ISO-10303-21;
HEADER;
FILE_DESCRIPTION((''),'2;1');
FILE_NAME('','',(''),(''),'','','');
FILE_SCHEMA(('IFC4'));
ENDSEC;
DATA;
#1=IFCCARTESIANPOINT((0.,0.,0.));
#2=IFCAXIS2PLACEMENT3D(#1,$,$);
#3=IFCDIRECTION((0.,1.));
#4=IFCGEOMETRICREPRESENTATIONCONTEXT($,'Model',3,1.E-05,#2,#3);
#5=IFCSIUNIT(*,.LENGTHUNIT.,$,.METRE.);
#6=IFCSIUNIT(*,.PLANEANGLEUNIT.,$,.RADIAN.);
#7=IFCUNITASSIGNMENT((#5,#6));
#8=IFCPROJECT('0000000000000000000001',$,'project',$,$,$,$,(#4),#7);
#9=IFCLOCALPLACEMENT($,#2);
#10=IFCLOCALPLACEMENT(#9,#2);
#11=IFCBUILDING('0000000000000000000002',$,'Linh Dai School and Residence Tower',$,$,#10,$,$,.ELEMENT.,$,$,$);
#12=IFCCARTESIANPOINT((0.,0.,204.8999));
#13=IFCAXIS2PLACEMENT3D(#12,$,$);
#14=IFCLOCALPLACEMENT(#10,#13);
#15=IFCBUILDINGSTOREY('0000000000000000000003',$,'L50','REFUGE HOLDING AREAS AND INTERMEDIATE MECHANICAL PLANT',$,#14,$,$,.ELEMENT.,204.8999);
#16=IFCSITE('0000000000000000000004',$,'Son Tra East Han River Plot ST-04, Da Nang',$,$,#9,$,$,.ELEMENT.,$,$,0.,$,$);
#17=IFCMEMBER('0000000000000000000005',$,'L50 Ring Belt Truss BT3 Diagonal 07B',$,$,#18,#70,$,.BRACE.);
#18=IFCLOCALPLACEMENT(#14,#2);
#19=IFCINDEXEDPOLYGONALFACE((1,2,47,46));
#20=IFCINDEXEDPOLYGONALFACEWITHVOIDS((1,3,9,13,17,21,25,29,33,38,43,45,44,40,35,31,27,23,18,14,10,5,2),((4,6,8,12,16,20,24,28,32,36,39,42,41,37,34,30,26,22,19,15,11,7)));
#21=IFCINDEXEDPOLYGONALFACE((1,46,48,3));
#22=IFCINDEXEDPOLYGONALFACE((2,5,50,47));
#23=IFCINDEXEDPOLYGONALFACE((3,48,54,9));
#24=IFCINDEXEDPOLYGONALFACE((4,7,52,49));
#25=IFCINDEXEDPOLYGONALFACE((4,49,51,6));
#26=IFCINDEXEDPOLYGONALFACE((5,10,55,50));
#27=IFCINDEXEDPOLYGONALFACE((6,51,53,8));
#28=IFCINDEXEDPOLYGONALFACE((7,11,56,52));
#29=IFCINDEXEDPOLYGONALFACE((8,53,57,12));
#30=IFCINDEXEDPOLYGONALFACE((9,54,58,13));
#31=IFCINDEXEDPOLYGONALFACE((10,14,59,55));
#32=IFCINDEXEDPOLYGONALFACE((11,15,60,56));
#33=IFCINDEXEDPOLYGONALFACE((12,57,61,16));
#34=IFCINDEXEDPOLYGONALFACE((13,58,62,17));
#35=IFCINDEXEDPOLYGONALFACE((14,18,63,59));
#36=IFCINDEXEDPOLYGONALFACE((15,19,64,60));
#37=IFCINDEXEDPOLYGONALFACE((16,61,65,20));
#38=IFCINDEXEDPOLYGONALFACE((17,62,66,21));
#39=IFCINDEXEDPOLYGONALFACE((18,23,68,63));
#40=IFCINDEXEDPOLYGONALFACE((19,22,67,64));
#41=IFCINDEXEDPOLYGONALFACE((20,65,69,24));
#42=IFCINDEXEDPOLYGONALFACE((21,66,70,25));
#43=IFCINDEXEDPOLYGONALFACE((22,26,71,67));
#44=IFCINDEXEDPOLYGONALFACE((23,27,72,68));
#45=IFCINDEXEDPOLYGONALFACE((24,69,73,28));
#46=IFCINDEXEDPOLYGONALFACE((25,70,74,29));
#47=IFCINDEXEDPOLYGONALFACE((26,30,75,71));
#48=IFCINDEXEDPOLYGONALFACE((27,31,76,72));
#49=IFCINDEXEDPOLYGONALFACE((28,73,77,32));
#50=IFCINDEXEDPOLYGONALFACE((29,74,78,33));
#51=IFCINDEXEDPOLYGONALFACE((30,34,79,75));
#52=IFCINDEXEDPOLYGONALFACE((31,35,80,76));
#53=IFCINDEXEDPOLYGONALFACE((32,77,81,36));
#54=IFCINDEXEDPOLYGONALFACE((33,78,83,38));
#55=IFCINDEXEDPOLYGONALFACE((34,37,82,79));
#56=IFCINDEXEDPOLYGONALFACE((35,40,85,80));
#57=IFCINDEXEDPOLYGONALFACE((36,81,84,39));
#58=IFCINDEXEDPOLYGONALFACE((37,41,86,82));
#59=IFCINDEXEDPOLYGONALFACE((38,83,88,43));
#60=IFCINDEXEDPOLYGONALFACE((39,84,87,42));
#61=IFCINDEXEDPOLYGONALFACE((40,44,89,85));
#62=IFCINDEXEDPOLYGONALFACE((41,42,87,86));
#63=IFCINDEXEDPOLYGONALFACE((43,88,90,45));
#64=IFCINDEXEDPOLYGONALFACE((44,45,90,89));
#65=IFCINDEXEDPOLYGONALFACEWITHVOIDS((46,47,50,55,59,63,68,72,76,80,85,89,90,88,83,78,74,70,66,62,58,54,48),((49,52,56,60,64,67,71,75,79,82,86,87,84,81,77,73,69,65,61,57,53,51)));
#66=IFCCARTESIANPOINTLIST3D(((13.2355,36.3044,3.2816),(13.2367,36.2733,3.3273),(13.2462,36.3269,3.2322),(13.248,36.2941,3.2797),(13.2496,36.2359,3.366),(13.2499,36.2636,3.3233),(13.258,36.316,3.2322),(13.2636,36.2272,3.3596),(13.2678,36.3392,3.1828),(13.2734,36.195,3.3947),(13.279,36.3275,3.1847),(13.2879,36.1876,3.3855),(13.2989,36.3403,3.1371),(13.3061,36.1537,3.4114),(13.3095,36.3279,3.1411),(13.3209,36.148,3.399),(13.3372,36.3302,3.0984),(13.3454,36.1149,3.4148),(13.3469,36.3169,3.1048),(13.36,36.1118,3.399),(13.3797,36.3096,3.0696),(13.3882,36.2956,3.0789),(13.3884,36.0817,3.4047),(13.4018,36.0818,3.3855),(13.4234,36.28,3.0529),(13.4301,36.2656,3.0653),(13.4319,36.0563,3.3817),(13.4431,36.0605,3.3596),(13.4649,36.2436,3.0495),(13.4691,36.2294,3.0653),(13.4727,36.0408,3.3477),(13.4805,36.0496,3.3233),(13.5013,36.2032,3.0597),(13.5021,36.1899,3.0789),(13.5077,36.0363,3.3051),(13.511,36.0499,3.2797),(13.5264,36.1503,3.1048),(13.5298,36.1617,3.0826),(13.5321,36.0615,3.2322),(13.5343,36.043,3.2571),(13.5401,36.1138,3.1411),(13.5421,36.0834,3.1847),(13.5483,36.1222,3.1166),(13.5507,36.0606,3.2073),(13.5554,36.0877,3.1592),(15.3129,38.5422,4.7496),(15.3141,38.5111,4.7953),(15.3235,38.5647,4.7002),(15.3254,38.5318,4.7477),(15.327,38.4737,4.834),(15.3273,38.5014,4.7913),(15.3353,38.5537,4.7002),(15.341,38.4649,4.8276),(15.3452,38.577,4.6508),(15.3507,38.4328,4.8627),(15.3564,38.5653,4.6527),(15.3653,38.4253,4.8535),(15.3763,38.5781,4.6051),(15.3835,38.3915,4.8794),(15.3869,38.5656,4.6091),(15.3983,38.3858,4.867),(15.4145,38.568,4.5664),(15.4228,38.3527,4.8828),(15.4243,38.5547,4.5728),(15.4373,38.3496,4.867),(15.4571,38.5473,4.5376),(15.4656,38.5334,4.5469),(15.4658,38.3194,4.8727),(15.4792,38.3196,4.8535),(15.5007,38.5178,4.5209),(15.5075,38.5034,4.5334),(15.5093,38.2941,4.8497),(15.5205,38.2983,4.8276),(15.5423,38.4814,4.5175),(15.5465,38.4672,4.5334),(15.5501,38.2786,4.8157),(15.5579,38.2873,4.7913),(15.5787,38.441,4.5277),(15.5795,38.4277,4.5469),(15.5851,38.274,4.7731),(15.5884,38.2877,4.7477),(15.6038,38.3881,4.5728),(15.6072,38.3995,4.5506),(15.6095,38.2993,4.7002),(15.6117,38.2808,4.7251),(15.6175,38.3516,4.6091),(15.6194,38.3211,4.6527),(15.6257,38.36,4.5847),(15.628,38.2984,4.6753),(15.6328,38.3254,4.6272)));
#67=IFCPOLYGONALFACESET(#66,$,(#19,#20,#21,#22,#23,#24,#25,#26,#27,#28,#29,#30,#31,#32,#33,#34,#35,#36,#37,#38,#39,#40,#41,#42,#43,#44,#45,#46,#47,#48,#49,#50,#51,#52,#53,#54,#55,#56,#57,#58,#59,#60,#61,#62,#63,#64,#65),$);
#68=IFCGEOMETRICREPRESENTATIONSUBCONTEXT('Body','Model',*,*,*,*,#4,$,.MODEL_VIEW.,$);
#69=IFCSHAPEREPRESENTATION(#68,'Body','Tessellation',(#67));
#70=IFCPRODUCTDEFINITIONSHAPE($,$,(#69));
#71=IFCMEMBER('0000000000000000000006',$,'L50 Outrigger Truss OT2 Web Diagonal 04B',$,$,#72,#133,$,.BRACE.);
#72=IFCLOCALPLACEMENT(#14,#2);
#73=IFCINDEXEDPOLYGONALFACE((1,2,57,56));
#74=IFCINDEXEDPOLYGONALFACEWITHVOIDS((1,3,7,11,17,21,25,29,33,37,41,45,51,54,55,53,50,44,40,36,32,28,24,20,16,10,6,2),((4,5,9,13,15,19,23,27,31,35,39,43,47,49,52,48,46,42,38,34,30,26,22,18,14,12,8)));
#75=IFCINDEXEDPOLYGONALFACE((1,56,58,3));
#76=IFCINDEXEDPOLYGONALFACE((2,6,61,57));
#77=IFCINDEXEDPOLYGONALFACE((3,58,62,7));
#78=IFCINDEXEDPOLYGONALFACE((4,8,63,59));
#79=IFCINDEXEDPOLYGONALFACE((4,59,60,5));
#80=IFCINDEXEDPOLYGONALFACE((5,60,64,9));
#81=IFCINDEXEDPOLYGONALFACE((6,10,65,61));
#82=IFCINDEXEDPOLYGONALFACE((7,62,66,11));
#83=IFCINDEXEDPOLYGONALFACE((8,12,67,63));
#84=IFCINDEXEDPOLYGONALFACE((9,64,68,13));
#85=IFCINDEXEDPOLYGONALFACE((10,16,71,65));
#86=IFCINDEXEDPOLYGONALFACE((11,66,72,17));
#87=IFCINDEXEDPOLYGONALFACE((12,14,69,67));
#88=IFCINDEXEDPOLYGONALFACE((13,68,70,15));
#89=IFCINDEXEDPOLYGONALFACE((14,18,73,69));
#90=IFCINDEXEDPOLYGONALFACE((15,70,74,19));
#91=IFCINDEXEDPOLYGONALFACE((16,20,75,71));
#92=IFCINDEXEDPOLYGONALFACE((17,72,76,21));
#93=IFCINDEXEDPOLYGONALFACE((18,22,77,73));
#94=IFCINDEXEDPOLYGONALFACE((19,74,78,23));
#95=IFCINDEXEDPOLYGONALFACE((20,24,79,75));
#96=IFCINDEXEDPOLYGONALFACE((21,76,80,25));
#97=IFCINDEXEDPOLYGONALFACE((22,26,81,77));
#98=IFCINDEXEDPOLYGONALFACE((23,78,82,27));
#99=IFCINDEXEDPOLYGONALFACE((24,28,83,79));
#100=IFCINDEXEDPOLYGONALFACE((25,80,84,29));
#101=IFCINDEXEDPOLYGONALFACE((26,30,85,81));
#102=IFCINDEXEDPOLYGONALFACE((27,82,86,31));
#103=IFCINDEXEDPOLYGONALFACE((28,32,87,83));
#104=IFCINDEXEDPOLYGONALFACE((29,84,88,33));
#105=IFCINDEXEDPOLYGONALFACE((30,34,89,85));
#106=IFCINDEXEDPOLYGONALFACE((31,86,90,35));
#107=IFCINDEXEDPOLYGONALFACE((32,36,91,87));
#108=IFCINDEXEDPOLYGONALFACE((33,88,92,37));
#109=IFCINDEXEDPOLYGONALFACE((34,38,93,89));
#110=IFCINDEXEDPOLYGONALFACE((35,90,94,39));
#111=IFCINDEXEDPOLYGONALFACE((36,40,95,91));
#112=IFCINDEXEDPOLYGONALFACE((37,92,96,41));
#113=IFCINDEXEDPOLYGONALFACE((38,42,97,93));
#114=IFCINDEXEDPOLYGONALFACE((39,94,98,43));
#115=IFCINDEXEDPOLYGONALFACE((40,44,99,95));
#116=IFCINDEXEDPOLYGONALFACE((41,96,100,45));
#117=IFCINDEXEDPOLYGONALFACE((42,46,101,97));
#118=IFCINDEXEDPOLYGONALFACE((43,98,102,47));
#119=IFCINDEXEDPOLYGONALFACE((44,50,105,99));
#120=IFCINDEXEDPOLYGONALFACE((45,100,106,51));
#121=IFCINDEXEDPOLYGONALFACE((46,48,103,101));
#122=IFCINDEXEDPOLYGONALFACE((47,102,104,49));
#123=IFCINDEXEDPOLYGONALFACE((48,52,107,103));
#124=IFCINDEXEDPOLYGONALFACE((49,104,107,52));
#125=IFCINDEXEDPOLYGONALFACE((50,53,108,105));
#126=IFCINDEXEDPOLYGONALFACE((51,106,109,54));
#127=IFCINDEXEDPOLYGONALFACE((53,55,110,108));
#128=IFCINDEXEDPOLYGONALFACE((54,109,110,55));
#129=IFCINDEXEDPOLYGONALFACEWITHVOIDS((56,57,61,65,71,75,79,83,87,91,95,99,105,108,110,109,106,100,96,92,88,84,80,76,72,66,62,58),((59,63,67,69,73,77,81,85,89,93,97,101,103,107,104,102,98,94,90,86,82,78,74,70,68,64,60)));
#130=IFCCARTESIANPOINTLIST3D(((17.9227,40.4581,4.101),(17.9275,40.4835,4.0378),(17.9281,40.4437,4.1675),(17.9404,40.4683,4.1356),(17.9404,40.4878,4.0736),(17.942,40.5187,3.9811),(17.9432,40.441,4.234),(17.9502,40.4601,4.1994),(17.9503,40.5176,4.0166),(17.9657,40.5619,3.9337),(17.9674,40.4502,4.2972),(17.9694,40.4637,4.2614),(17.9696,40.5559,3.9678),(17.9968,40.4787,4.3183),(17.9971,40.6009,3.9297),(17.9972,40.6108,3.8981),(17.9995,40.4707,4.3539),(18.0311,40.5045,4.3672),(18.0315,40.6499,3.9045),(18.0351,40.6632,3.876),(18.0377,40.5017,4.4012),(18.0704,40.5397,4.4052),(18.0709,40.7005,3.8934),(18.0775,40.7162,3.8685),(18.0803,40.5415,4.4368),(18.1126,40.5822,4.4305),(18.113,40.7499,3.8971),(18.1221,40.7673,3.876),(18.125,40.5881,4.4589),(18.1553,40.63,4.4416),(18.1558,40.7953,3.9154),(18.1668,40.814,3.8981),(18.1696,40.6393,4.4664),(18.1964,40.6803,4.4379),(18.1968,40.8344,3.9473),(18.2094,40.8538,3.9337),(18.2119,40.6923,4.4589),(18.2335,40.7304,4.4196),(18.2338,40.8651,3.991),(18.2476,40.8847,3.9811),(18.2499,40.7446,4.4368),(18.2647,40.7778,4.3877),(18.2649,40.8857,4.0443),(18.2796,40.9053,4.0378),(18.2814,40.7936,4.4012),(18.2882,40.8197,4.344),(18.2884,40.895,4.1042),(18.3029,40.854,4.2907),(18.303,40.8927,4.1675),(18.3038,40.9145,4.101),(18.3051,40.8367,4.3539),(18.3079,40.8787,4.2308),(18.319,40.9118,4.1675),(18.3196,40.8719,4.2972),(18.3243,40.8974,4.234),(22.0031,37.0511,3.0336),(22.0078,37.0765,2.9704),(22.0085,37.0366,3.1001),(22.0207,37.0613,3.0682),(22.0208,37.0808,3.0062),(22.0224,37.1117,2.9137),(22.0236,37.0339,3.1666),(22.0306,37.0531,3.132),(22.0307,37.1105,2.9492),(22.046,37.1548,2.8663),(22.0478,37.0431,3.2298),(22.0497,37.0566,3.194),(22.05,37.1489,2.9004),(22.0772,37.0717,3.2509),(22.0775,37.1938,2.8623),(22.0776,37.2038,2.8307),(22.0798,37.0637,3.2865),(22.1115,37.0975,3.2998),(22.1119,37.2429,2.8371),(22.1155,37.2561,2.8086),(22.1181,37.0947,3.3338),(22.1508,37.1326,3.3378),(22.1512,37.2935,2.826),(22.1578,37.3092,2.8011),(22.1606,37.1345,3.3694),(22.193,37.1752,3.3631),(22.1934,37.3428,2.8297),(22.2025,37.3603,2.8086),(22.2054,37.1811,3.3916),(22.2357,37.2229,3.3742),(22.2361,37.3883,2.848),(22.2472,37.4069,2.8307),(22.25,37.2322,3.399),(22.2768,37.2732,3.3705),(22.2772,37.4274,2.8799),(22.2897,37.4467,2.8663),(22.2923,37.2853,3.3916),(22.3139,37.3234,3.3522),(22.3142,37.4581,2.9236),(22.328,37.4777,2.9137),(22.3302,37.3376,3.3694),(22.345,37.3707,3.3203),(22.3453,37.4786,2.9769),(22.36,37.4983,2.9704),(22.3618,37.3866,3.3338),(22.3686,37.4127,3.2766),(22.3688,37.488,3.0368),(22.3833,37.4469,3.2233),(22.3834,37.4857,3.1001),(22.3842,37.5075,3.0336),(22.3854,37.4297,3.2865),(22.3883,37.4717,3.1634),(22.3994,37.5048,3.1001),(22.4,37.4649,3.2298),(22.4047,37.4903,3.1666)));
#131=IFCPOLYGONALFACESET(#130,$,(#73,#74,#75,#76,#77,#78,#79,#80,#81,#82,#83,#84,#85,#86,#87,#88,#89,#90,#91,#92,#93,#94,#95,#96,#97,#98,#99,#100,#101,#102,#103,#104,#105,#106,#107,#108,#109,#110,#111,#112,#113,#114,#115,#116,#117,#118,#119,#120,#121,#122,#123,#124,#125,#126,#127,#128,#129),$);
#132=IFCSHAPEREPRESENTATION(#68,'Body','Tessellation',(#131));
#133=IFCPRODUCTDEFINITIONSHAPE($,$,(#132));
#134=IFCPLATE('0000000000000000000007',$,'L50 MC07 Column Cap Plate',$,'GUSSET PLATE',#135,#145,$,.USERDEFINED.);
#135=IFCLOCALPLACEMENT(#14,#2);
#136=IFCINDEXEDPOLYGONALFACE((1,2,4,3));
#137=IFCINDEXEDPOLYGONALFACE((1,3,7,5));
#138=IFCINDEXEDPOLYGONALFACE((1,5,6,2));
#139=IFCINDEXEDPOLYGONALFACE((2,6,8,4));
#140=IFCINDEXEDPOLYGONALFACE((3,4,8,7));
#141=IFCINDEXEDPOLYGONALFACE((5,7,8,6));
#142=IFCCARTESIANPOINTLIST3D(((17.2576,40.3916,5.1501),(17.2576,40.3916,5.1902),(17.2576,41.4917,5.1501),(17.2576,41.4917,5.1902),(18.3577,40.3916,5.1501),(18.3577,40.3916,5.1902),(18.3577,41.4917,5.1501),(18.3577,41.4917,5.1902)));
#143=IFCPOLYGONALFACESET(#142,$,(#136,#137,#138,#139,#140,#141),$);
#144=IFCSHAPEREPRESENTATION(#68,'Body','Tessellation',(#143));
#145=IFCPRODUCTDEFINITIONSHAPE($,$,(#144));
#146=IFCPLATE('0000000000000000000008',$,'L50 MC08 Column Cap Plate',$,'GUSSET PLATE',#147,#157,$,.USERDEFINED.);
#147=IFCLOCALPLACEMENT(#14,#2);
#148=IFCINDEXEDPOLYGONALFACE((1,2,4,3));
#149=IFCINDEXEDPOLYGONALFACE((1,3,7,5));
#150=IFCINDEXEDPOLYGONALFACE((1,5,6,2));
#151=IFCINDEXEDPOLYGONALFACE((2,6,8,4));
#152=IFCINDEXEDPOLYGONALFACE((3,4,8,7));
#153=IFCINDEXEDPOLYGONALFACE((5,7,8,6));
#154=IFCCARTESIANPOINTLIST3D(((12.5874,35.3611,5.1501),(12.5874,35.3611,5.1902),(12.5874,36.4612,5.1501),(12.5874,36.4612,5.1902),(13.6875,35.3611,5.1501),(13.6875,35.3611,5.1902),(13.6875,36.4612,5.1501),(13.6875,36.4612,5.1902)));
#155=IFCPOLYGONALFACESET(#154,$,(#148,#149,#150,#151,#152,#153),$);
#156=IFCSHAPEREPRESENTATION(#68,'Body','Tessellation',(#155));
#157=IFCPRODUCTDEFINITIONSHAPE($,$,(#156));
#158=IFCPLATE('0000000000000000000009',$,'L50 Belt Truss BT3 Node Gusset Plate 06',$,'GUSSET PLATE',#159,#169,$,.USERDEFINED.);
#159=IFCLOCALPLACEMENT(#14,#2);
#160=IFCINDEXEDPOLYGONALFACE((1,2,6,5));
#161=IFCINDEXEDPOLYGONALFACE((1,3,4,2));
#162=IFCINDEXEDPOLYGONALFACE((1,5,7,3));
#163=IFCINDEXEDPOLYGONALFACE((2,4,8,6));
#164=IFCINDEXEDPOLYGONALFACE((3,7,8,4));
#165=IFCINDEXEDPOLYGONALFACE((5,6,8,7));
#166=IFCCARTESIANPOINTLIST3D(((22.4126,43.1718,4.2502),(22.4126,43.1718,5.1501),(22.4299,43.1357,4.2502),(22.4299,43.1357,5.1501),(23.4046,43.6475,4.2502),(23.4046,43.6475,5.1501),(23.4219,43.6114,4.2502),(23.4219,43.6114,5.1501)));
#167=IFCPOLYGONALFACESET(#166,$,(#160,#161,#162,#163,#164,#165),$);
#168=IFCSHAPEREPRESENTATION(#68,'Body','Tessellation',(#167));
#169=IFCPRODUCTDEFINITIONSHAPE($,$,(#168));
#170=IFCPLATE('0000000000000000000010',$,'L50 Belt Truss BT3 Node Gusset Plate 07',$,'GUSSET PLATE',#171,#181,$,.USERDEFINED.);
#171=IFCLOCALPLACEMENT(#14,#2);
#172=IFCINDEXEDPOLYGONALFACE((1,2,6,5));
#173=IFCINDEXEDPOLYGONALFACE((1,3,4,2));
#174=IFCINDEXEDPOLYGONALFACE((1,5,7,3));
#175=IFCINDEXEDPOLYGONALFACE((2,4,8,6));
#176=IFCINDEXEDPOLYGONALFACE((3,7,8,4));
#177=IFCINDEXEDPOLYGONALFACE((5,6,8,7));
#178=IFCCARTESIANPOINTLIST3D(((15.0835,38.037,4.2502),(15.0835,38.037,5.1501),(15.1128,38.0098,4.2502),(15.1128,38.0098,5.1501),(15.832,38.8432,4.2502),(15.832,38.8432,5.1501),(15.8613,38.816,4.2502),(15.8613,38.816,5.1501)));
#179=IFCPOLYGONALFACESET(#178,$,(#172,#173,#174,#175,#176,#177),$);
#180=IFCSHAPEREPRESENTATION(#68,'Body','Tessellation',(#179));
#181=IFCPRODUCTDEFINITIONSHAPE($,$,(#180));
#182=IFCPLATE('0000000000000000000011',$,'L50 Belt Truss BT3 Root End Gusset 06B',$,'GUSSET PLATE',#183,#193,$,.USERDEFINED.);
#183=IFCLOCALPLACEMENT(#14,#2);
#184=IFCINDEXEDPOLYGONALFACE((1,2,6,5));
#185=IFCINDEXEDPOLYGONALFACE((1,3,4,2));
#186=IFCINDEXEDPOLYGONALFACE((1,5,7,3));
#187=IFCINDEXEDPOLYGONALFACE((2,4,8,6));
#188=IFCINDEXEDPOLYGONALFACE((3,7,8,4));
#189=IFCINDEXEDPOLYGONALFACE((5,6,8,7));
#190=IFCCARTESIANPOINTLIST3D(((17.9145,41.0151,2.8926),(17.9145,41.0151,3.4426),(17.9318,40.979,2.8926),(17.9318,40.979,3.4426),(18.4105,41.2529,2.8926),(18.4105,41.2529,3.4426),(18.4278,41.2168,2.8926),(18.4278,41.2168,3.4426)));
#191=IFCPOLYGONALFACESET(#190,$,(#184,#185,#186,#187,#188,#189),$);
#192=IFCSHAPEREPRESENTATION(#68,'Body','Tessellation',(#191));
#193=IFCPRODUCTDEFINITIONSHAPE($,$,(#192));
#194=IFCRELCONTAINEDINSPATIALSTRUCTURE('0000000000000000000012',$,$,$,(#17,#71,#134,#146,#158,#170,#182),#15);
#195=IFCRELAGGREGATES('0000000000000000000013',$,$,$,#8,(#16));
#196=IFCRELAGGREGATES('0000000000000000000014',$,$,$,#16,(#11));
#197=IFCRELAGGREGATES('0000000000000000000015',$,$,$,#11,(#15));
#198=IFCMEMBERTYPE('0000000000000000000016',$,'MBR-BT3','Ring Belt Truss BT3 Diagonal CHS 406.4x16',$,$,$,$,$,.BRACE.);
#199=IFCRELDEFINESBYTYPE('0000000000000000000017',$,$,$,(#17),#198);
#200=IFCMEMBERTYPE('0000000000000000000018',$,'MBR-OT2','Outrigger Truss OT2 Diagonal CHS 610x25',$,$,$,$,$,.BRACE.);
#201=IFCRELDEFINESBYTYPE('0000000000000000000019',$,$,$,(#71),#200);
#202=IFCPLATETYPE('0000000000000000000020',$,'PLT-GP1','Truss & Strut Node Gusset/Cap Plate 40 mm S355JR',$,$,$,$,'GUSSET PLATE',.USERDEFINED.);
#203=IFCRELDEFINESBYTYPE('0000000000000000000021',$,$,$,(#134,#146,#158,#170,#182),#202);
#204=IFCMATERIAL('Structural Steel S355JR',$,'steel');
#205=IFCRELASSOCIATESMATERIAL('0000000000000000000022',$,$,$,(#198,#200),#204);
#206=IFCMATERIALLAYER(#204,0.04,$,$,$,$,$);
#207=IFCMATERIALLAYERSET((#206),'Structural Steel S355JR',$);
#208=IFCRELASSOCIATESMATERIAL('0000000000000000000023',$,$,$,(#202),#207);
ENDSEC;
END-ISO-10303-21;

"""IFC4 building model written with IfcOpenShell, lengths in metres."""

from ifc_helpers import new_model, si_unit, direction, frame, origin, origin_2d, place, context, subcontext, project, spatial, rectangle, hollow_circle, extrude, source, transform, mapped, material, layer, layer_set, material_profile, profile_set, type_object, element, save


model = new_model("IFC4")

# Units and contexts
model_context = context("Model", 3, precision=1e-05, world=origin(), true_north=direction((0.0, 1.0)))
body_context = subcontext(model_context, "Body", "Model", "MODEL_VIEW")
ifc_project = project(units=[si_unit("LENGTHUNIT", "METRE"), si_unit("PLANEANGLEUNIT", "RADIAN")], contexts=[model_context])

# Site, building, storey
site_placement = place(None, origin())
site = spatial("IfcSite", under=ifc_project, at=site_placement, Name="Son Tra East Han River Plot ST-04, Da Nang", CompositionType="ELEMENT", RefElevation=0.0)
building_placement = place(site_placement, origin())
building = spatial("IfcBuilding", under=site, at=building_placement, Name="Linh Dai School and Residence Tower", CompositionType="ELEMENT")
storey_placement = place(building_placement, frame((0.0, 0.0, 204.8999)))
storey = spatial("IfcBuildingStorey", under=building, at=storey_placement, Name="L50", Description="REFUGE HOLDING AREAS AND INTERMEDIATE MECHANICAL PLANT", CompositionType="ELEMENT", Elevation=204.8999)

# Shared definitions
ifc_material_1 = material(Name="Structural Steel S355JR", Category="steel")

# Members
ifc_material_profile_1 = material_profile(ifc_material_1, hollow_circle(Radius=0.2031, WallThickness=0.0161, at=origin_2d()), Name="CHS 406.4x16")
ifc_profile_set_1 = profile_set([ifc_material_profile_1], Name="Structural Steel S355JR")
member_type_1 = type_object("IfcMemberType", Name="MBR-BT3", Description="Ring Belt Truss BT3 Diagonal CHS 406.4x16", PredefinedType="BRACE", material=ifc_profile_set_1)
member_1_placement = place(storey_placement, frame((13.395, 36.1887, 3.2322), z_axis=(0.613167, 0.660511, 0.433303), x_axis=(-0.732885, 0.680353, 0.0)))
element("IfcMember", 1, at=member_1_placement, inside=storey, type_object=member_type_1, Name="L50 Ring Belt Truss BT3 Diagonal 07B", PredefinedType="BRACE", context=body_context, shape_type="SweptSolid", body=[
    extrude(hollow_circle(Radius=0.2031, WallThickness=0.0161, at=origin_2d()), origin(), (0.0, 0.0, 1.0), 3.3879),
])
ifc_material_profile_2 = material_profile(ifc_material_1, hollow_circle(Radius=0.3049, WallThickness=0.0249, at=origin_2d()), Name="CHS 610x25")
ifc_profile_set_2 = profile_set([ifc_material_profile_2], Name="Structural Steel S355JR")
member_type_2 = type_object("IfcMemberType", Name="MBR-OT2", Description="Outrigger Truss OT2 Diagonal CHS 610x25", PredefinedType="BRACE", material=ifc_profile_set_2)
member_2_placement = place(storey_placement, frame((18.1235, 40.6777, 4.1675), z_axis=(0.752578, -0.628386, -0.196869), x_axis=(0.640929, 0.7676, 0.0)))
element("IfcMember", 2, at=member_2_placement, inside=storey, type_object=member_type_2, Name="L50 Outrigger Truss OT2 Web Diagonal 04B", PredefinedType="BRACE", context=body_context, shape_type="SweptSolid", body=[
    extrude(hollow_circle(Radius=0.3049, WallThickness=0.0249, at=origin_2d()), origin(), (0.0, 0.0, 1.0), 5.4219),
])

# Plates
ifc_layer_1 = layer(ifc_material_1, 0.04)
ifc_layer_set_1 = layer_set([ifc_layer_1], Name="Structural Steel S355JR")
plate_type = type_object("IfcPlateType", Name="PLT-GP1", Description="Truss & Strut Node Gusset/Cap Plate 40 mm S355JR", ElementType="GUSSET PLATE", PredefinedType="USERDEFINED", material=ifc_layer_set_1)
shared_shape_1 = source(origin(), body_context, "Body", "SweptSolid", [
    extrude(rectangle(XDim=1.1001, YDim=1.1001, at=origin_2d()), origin(), (0.0, 0.0, 1.0), 0.04),
])
for number, where, z_axis, x_axis, name in (
    (3, (17.8076, 40.9417, 5.1501), (0.0, 0.0, 1.0), (1.0, 0.0, 0.0), "L50 MC07 Column Cap Plate"),
    (4, (13.1375, 35.9111, 5.1501), (0.0, 0.0, 1.0), (1.0, 0.0, 0.0), "L50 MC08 Column Cap Plate"),
):
    element("IfcPlate", number, at=place(storey_placement, frame(where, z_axis=z_axis, x_axis=x_axis)), inside=storey, type_object=plate_type, Name=name, ObjectType="GUSSET PLATE", PredefinedType="USERDEFINED", context=body_context, shape_type="MappedRepresentation", body=[
        mapped(shared_shape_1, transform((0.0, 0.0, 0.0), x_axis=(1.0, 0.0, 0.0), y_axis=(0.0, 1.0, 0.0), z_axis=(0.0, 0.0, 1.0), scale=1.0)),
    ])
shared_shape_2 = source(origin(), body_context, "Body", "SweptSolid", [
    extrude(rectangle(XDim=1.1001, YDim=0.04, at=origin_2d()), origin(), (0.0, 0.0, 1.0), 0.8999),
])
for number, where, z_axis, x_axis, name in (
    (5, (22.9172, 43.3916, 4.2502), (0.0, 0.0, 1.0), (-0.901714, -0.432333, 0.0), "L50 Belt Truss BT3 Node Gusset Plate 06"),
    (6, (15.4724, 38.4265, 4.2502), (0.0, 0.0, 1.0), (-0.680368, -0.732871, 0.0), "L50 Belt Truss BT3 Node Gusset Plate 07"),
):
    element("IfcPlate", number, at=place(storey_placement, frame(where, z_axis=z_axis, x_axis=x_axis)), inside=storey, type_object=plate_type, Name=name, ObjectType="GUSSET PLATE", PredefinedType="USERDEFINED", context=body_context, shape_type="MappedRepresentation", body=[
        mapped(shared_shape_2, transform((0.0, 0.0, 0.0), x_axis=(1.0, 0.0, 0.0), y_axis=(0.0, 1.0, 0.0), z_axis=(0.0, 0.0, 1.0), scale=1.0)),
    ])
shared_shape_3 = source(origin(), body_context, "Body", "SweptSolid", [
    extrude(rectangle(XDim=0.55, YDim=0.04, at=origin_2d()), origin(), (0.0, 0.0, 1.0), 0.55),
])
for number, where, z_axis, x_axis, name in (
    (7, (18.1711, 41.116, 2.8926), (0.0, 0.0, 1.0), (-0.901714, -0.432333, 0.0), "L50 Belt Truss BT3 Root End Gusset 06B"),
):
    element("IfcPlate", number, at=place(storey_placement, frame(where, z_axis=z_axis, x_axis=x_axis)), inside=storey, type_object=plate_type, Name=name, ObjectType="GUSSET PLATE", PredefinedType="USERDEFINED", context=body_context, shape_type="MappedRepresentation", body=[
        mapped(shared_shape_3, transform((0.0, 0.0, 0.0), x_axis=(1.0, 0.0, 0.0), y_axis=(0.0, 1.0, 0.0), z_axis=(0.0, 0.0, 1.0), scale=1.0)),
    ])

save(model, "model.ifc")
